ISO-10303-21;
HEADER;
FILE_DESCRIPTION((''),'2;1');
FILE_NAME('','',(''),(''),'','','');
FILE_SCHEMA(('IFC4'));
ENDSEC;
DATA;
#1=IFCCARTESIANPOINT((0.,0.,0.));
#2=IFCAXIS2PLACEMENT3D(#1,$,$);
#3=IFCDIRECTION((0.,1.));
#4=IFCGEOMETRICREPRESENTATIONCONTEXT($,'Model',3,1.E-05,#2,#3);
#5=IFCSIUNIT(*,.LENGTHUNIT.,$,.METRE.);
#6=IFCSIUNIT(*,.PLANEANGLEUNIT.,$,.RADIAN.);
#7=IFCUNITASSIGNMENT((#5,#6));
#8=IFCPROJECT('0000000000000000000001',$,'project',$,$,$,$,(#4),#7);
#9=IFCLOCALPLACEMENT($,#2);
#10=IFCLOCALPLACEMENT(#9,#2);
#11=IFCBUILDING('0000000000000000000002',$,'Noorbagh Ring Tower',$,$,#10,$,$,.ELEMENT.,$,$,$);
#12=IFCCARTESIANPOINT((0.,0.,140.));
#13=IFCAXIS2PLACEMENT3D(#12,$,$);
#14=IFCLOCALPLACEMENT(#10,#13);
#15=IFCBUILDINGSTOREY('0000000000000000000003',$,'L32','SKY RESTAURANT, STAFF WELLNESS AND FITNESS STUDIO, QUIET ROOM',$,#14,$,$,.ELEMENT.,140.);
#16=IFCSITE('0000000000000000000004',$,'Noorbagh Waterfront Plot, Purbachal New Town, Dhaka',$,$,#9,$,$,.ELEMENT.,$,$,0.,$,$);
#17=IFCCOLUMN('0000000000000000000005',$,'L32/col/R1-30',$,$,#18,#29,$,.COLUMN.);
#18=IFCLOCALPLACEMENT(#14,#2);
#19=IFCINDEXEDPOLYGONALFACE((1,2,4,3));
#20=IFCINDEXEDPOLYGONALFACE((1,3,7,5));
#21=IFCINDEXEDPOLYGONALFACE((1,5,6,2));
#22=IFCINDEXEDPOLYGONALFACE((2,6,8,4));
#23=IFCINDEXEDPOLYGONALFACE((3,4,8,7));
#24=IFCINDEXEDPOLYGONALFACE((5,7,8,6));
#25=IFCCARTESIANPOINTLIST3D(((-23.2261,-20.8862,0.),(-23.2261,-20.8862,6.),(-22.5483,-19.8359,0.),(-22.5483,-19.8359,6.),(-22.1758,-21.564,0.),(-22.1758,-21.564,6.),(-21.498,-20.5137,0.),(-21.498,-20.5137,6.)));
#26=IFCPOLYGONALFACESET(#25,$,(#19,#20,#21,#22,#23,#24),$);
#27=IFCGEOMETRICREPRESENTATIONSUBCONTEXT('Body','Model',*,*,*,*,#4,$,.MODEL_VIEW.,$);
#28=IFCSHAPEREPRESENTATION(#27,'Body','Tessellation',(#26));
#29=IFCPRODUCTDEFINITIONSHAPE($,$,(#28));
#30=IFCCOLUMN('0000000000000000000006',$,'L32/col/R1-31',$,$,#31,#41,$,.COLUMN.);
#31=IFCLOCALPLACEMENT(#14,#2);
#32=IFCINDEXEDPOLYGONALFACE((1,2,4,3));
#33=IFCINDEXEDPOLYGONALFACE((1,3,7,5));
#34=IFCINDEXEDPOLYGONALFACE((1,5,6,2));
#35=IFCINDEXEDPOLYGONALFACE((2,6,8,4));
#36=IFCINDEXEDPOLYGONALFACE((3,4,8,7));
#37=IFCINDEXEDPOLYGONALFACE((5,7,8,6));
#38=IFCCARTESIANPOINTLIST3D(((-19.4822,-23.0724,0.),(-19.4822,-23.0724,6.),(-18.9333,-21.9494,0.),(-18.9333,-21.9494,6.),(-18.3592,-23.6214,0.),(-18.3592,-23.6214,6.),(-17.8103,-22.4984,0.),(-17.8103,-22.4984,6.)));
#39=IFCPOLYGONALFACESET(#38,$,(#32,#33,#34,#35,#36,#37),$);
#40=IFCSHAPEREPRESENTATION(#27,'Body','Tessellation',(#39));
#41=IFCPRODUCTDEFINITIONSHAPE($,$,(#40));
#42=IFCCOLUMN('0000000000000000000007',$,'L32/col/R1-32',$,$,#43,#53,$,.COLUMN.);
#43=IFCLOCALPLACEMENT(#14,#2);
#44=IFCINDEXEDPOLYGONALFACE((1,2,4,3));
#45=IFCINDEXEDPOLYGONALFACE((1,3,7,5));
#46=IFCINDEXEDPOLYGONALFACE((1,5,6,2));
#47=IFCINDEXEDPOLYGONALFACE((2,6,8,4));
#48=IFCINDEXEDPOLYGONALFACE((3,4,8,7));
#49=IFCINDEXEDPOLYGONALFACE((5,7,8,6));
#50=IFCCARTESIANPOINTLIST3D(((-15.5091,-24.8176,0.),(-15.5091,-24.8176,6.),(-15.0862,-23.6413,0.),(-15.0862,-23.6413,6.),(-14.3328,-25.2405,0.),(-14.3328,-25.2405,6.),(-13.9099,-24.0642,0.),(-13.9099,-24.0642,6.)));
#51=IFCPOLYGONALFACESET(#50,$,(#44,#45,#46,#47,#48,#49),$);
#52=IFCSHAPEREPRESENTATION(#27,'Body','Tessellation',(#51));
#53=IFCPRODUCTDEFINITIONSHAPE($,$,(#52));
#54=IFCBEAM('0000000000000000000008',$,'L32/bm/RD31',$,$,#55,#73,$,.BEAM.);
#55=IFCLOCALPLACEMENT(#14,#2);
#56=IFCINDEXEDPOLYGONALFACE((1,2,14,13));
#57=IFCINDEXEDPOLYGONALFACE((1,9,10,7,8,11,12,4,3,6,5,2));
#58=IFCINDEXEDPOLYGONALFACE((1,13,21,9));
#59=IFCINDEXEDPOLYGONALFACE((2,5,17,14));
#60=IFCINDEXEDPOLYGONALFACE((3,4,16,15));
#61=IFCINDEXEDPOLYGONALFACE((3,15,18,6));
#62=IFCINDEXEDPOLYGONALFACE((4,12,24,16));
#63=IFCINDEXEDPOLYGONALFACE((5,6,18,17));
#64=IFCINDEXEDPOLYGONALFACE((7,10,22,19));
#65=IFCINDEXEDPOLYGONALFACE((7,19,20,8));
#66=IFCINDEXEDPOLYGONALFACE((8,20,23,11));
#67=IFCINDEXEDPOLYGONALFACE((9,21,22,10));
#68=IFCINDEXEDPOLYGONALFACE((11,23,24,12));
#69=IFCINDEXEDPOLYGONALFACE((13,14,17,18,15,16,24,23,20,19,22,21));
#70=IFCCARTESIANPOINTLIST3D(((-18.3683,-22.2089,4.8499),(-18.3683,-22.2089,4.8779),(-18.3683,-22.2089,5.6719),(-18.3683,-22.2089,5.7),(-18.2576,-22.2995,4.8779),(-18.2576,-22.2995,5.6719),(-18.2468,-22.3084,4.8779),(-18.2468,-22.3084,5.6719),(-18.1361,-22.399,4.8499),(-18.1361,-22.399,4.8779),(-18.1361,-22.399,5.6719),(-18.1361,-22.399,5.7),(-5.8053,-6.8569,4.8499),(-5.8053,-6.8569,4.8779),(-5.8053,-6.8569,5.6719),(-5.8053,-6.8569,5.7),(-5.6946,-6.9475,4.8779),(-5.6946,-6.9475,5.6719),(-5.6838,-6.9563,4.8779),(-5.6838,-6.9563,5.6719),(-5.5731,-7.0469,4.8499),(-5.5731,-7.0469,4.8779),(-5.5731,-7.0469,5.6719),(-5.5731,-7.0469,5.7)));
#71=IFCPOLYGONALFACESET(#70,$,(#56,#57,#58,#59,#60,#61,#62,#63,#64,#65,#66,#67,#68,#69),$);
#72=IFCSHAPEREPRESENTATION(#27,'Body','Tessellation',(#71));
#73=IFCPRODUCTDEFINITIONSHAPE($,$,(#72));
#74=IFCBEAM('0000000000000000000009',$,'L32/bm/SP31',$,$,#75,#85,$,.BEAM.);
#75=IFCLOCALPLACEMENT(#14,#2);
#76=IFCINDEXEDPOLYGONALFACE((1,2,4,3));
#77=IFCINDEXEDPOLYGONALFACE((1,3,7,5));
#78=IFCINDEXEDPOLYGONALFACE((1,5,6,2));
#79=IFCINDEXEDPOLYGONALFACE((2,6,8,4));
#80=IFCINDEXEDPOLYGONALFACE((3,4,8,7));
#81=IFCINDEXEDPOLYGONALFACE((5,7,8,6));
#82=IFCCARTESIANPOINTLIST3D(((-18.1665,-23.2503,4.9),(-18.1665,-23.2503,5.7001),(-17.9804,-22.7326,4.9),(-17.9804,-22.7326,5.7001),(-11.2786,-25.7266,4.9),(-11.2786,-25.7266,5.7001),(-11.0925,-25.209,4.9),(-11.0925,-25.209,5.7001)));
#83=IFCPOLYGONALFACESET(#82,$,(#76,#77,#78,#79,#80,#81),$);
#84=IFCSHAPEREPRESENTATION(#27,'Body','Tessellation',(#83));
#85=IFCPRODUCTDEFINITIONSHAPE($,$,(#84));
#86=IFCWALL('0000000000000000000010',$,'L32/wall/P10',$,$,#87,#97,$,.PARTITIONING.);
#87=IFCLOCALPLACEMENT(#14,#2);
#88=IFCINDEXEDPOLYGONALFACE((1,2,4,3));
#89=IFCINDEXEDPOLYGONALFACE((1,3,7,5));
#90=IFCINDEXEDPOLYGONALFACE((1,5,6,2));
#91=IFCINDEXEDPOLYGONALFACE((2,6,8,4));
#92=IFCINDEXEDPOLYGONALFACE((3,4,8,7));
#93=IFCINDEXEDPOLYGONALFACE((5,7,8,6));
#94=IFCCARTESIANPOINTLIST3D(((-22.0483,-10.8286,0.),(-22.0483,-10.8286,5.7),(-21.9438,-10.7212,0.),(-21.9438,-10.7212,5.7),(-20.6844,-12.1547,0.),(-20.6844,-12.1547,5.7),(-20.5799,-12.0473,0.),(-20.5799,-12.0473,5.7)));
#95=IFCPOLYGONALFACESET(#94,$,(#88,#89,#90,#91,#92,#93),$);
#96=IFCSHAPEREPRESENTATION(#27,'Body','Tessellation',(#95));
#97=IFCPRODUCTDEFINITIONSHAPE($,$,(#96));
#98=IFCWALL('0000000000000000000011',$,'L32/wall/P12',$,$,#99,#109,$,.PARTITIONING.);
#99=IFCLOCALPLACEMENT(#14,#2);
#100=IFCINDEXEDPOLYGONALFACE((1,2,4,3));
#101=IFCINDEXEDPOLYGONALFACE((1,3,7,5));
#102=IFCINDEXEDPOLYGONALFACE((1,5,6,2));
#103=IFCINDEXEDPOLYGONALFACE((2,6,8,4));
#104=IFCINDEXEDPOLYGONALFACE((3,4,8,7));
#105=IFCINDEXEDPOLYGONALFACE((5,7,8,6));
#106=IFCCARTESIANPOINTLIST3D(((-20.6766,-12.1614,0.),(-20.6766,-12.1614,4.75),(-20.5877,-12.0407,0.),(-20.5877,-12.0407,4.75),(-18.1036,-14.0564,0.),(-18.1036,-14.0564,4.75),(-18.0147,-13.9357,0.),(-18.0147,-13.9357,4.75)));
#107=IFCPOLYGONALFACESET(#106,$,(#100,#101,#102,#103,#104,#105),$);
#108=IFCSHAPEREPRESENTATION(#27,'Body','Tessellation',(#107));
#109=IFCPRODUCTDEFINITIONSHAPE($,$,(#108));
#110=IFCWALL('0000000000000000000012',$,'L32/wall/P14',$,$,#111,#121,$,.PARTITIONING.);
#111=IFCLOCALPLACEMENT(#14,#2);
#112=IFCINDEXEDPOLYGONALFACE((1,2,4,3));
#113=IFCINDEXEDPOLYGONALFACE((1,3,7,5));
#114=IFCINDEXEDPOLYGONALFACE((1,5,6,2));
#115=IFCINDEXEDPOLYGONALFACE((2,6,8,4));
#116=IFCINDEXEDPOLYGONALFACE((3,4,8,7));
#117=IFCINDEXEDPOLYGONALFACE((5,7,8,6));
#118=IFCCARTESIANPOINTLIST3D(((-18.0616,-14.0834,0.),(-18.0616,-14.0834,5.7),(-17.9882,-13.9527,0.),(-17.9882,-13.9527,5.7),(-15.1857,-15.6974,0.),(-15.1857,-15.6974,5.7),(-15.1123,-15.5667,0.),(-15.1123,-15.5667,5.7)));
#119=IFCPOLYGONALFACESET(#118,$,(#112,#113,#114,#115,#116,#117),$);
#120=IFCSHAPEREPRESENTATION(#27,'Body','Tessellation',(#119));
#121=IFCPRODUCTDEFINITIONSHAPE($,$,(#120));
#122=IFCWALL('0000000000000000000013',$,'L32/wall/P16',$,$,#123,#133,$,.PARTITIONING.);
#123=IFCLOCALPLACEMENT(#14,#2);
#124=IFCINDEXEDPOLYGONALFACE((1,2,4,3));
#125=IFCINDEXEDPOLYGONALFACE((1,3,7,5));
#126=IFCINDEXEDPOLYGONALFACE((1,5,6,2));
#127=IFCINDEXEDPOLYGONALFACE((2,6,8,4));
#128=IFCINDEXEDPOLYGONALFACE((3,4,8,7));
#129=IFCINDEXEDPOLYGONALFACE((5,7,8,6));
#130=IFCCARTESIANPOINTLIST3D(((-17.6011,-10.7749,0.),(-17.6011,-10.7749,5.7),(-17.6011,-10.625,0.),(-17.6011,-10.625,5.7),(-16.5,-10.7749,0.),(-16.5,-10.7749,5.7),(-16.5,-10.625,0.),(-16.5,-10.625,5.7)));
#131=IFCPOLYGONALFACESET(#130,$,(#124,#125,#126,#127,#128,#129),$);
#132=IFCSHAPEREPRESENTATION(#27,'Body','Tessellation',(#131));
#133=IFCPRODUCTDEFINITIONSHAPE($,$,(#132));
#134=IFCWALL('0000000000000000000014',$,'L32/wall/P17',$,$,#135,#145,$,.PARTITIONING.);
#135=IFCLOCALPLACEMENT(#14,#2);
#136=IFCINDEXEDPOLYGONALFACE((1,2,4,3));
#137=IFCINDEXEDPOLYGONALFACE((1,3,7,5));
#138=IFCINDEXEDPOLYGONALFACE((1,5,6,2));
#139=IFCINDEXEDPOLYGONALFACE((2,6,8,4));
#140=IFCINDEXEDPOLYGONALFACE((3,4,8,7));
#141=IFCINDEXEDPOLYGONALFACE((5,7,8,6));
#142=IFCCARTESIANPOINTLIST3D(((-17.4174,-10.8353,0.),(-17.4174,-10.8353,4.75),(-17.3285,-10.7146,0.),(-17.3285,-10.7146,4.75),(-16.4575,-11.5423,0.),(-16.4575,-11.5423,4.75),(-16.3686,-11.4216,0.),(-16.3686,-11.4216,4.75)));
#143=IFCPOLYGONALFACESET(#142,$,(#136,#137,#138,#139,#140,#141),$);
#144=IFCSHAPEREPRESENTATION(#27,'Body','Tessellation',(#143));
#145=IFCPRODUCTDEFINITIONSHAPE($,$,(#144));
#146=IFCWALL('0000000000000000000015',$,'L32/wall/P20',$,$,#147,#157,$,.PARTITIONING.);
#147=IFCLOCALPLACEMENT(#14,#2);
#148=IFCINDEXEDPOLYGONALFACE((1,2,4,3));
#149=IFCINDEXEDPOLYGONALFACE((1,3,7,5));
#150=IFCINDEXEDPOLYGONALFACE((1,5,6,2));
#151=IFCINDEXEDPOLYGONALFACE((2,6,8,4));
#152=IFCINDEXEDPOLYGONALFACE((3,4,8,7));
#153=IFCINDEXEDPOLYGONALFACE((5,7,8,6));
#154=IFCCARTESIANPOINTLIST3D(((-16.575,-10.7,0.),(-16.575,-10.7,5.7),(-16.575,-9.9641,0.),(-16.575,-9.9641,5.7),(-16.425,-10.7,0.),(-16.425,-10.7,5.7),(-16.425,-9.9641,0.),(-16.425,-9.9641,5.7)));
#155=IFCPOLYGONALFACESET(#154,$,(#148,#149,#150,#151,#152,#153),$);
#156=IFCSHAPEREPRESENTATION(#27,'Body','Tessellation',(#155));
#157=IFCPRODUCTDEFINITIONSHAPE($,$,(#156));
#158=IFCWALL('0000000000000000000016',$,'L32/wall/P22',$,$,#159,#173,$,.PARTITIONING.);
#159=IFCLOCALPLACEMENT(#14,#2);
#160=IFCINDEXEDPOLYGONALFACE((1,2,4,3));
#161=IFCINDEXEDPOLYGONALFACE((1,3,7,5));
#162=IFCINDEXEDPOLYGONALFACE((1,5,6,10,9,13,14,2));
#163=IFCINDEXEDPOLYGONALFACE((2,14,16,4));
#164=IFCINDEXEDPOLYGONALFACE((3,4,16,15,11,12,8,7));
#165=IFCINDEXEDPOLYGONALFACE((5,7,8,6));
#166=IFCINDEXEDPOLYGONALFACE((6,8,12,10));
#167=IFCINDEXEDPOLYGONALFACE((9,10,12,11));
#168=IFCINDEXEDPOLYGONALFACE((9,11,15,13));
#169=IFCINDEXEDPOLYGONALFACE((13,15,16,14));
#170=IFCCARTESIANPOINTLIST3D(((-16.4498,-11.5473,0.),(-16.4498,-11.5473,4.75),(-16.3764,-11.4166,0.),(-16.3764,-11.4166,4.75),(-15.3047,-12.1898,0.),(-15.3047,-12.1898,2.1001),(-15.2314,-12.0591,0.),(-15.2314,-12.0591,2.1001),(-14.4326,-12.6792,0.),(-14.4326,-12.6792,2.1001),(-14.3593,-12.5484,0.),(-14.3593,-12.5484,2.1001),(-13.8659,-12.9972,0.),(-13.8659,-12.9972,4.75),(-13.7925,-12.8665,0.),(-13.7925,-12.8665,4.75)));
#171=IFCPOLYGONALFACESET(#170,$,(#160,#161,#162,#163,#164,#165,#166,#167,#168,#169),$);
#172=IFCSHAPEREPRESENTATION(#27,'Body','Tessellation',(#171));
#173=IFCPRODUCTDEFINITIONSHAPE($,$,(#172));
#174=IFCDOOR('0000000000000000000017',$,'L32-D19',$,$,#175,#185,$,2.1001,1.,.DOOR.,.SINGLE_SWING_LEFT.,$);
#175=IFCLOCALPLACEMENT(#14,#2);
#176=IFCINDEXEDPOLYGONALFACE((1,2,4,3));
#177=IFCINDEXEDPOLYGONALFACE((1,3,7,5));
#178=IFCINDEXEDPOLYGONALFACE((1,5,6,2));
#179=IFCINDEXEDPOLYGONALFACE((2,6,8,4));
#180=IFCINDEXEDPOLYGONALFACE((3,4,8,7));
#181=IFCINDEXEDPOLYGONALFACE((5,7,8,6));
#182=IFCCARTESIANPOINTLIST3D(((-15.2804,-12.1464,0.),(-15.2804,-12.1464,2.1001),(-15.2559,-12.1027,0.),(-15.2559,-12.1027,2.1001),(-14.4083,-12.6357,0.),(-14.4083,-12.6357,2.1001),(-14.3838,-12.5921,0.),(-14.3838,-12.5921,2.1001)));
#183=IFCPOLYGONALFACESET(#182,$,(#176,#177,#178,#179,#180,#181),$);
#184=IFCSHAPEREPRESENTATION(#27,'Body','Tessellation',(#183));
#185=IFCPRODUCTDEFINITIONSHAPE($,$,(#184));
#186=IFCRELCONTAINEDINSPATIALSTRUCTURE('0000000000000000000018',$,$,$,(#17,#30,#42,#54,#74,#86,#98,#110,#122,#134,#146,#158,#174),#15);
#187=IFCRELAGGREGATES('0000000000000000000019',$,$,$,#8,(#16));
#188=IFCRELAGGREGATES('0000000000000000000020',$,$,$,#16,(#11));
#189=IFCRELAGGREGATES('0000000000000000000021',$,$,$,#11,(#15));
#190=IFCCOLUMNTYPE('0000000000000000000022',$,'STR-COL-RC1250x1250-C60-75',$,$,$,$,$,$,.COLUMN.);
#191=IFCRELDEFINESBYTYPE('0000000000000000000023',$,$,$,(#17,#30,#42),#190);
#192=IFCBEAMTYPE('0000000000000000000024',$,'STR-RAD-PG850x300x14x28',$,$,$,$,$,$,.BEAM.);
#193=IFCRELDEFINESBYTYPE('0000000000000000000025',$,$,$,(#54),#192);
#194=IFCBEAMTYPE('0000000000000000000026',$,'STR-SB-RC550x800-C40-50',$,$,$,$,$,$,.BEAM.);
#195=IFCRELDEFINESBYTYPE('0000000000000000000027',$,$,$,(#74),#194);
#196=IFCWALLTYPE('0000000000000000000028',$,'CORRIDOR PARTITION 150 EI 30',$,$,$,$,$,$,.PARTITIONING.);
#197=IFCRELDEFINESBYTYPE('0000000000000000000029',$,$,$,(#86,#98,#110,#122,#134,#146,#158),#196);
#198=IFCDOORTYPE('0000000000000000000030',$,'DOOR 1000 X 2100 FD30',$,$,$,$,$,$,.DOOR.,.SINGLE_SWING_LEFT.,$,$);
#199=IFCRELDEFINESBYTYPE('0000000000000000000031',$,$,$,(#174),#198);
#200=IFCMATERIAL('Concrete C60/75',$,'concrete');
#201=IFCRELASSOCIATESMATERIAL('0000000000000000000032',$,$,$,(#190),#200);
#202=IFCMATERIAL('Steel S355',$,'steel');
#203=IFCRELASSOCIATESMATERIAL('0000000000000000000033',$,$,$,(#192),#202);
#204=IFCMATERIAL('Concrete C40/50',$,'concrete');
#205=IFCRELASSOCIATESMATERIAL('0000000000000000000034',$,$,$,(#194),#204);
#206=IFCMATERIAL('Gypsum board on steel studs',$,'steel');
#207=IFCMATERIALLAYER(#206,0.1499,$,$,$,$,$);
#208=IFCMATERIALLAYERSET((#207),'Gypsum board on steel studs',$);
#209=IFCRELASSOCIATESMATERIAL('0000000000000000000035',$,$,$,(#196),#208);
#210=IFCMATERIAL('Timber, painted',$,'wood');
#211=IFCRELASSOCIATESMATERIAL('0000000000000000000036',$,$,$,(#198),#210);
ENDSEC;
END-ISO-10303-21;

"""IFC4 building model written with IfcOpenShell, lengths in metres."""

from ifc_helpers import new_model, si_unit, direction, frame, frame_2d, origin, origin_2d, place, context, subcontext, project, spatial, rectangle, i_section, extrude, material, layer, layer_set, material_profile, profile_set, type_object, element, fill, save


model = new_model("IFC4")

# Units and contexts
model_context = context("Model", 3, precision=1e-05, world=origin(), true_north=direction((0.0, 1.0)))
body_context = subcontext(model_context, "Body", "Model", "MODEL_VIEW")
ifc_project = project(units=[si_unit("LENGTHUNIT", "METRE"), si_unit("PLANEANGLEUNIT", "RADIAN")], contexts=[model_context])

# Site, building, storey
site_placement = place(None, origin())
site = spatial("IfcSite", under=ifc_project, at=site_placement, Name="Noorbagh Waterfront Plot, Purbachal New Town, Dhaka", CompositionType="ELEMENT", RefElevation=0.0)
building_placement = place(site_placement, origin())
building = spatial("IfcBuilding", under=site, at=building_placement, Name="Noorbagh Ring Tower", CompositionType="ELEMENT")
storey_placement = place(building_placement, frame((0.0, 0.0, 140.0)))
storey = spatial("IfcBuildingStorey", under=building, at=storey_placement, Name="L32", Description="SKY RESTAURANT, STAFF WELLNESS AND FITNESS STUDIO, QUIET ROOM", CompositionType="ELEMENT", Elevation=140.0)

# Columns
ifc_material_1 = material(Name="Concrete C60/75", Category="concrete")
ifc_material_profile_1 = material_profile(ifc_material_1, rectangle(XDim=1.25, YDim=1.25, at=origin_2d()), Name="RC1250x1250")
ifc_profile_set_1 = profile_set([ifc_material_profile_1], Name="Concrete C60/75")
column_type = type_object("IfcColumnType", Name="STR-COL-RC1250x1250-C60-75", PredefinedType="COLUMN", material=ifc_profile_set_1)
for number, where, z_axis, x_axis, name in (
    (1, (-22.3621, -20.7, 0.0), (0.0, 0.0, 1.0), (0.840248, -0.542203, 0.0), "L32/col/R1-30"),
    (2, (-18.6462, -22.7854, 0.0), (0.0, 0.0, 1.0), (0.898399, -0.43918, 0.0), "L32/col/R1-31"),
    (3, (-14.7095, -24.4409, 0.0), (0.0, 0.0, 1.0), (0.941025, -0.338338, 0.0), "L32/col/R1-32"),
):
    element("IfcColumn", number, at=place(storey_placement, frame(where, z_axis=z_axis, x_axis=x_axis)), inside=storey, type_object=column_type, Name=name, PredefinedType="COLUMN", context=body_context, shape_type="SweptSolid", body=[
        extrude(rectangle(XDim=1.25, YDim=1.25, at=origin_2d()), origin(), (0.0, 0.0, 1.0), 6.0),
    ])

# Beams
ifc_material_2 = material(Name="Steel S355", Category="steel")
ifc_material_profile_2 = material_profile(ifc_material_2, i_section(OverallWidth=0.3, OverallDepth=0.8501, WebThickness=0.0139, FlangeThickness=0.0281, at=origin_2d()), Name="PG850x300x14x28")
ifc_profile_set_2 = profile_set([ifc_material_profile_2], Name="Steel S355")
beam_type_1 = type_object("IfcBeamType", Name="STR-RAD-PG850x300x14x28", PredefinedType="BEAM", material=ifc_profile_set_2)
beam_1_placement = place(storey_placement, frame((-18.2522, -22.304, 5.2749), z_axis=(0.633305, 0.773902, 0.0), x_axis=(-0.773902, 0.633305, 0.0)))
element("IfcBeam", 4, at=beam_1_placement, inside=storey, type_object=beam_type_1, Name="L32/bm/RD31", PredefinedType="BEAM", context=body_context, shape_type="SweptSolid", body=[
    extrude(i_section(OverallWidth=0.3, OverallDepth=0.8501, WebThickness=0.0139, FlangeThickness=0.0281, at=origin_2d()), origin(), (0.0, 0.0, 1.0), 19.8372),
])
ifc_material_3 = material(Name="Concrete C40/50", Category="concrete")
ifc_material_profile_3 = material_profile(ifc_material_3, rectangle(XDim=0.55, YDim=0.8, at=origin_2d()), Name="RC550x800")
ifc_profile_set_3 = profile_set([ifc_material_profile_3], Name="Concrete C40/50")
beam_type_2 = type_object("IfcBeamType", Name="STR-SB-RC550x800-C40-50", PredefinedType="BEAM", material=ifc_profile_set_3)
beam_2_placement = place(storey_placement, frame((-18.0735, -22.9915, 5.3), z_axis=(0.941033, -0.338315, 0.0), x_axis=(0.338315, 0.941033, 0.0)))
element("IfcBeam", 5, at=beam_2_placement, inside=storey, type_object=beam_type_2, Name="L32/bm/SP31", PredefinedType="BEAM", context=body_context, shape_type="SweptSolid", body=[
    extrude(rectangle(XDim=0.55, YDim=0.8, at=origin_2d()), origin(), (0.0, 0.0, 1.0), 7.3196),
])

# Walls
ifc_material_4 = material(Name="Gypsum board on steel studs", Category="steel")
ifc_layer_1 = layer(ifc_material_4, 0.1499)
ifc_layer_set_1 = layer_set([ifc_layer_1], Name="Gypsum board on steel studs")
wall_type_1 = type_object("IfcWallType", Name="CORRIDOR PARTITION 150 EI 30", PredefinedType="PARTITIONING", material=ifc_layer_set_1)
wall_1_placement = place(storey_placement, frame((-21.9961, -10.7749, 0.0), z_axis=(0.0, 0.0, 1.0), x_axis=(0.716982, -0.697091, 0.0)))
element("IfcWall", 6, at=wall_1_placement, inside=storey, type_object=wall_type_1, Name="L32/wall/P10", PredefinedType="PARTITIONING", context=body_context, shape_type="SweptSolid", body=[
    extrude(rectangle(XDim=1.9023, YDim=0.1499, at=frame_2d((0.9512, 0.0))), origin(), (0.0, 0.0, 1.0), 5.7),
])
wall_2_placement = place(storey_placement, frame((-20.6321, -12.1011, 0.0), z_axis=(0.0, 0.0, 1.0), x_axis=(0.805186, -0.593022, 0.0)))
element("IfcWall", 7, at=wall_2_placement, inside=storey, type_object=wall_type_1, Name="L32/wall/P12", PredefinedType="PARTITIONING", context=body_context, shape_type="SweptSolid", body=[
    extrude(rectangle(XDim=3.1956, YDim=0.1499, at=frame_2d((1.5977, 0.0))), origin(), (0.0, 0.0, 1.0), 4.75),
])
wall_3_placement = place(storey_placement, frame((-18.0249, -14.0181, 0.0), z_axis=(0.0, 0.0, 1.0), x_axis=(0.872058, -0.489403, 0.0)))
element("IfcWall", 8, at=wall_3_placement, inside=storey, type_object=wall_type_1, Name="L32/wall/P14", PredefinedType="PARTITIONING", context=body_context, shape_type="SweptSolid", body=[
    extrude(rectangle(XDim=3.2979, YDim=0.1499, at=frame_2d((1.6489, 0.0))), origin(), (0.0, 0.0, 1.0), 5.7),
])
wall_4_placement = place(storey_placement, frame((-17.6011, -10.7, 0.0), z_axis=(0.0, 0.0, 1.0), x_axis=(1.0, 0.0, 0.0)))
element("IfcWall", 9, at=wall_4_placement, inside=storey, type_object=wall_type_1, Name="L32/wall/P16", PredefinedType="PARTITIONING", context=body_context, shape_type="SweptSolid", body=[
    extrude(rectangle(XDim=1.1011, YDim=0.1499, at=frame_2d((0.5505, 0.0))), origin(), (0.0, 0.0, 1.0), 5.7),
])
wall_5_placement = place(storey_placement, frame((-17.373, -10.7749, 0.0), z_axis=(0.0, 0.0, 1.0), x_axis=(0.805179, -0.593031, 0.0)))
element("IfcWall", 10, at=wall_5_placement, inside=storey, type_object=wall_type_1, Name="L32/wall/P17", PredefinedType="PARTITIONING", context=body_context, shape_type="SweptSolid", body=[
    extrude(rectangle(XDim=1.1921, YDim=0.1499, at=frame_2d((0.5962, 0.0))), origin(), (0.0, 0.0, 1.0), 4.75),
])
wall_6_placement = place(storey_placement, frame((-16.5, -10.7, 0.0), z_axis=(0.0, 0.0, 1.0), x_axis=(0.0, 1.0, 0.0)))
element("IfcWall", 11, at=wall_6_placement, inside=storey, type_object=wall_type_1, Name="L32/wall/P20", PredefinedType="PARTITIONING", context=body_context, shape_type="SweptSolid", body=[
    extrude(rectangle(XDim=0.7358, YDim=0.1499, at=frame_2d((0.3679, 0.0))), origin(), (0.0, 0.0, 1.0), 5.7),
])

# Wall, opening, door
wall_7_placement = place(storey_placement, frame((-16.4131, -11.4819, 0.0), z_axis=(0.0, 0.0, 1.0), x_axis=(0.872086, -0.489353, 0.0)))
wall_7 = element("IfcWall", 12, at=wall_7_placement, inside=storey, type_object=wall_type_1, Name="L32/wall/P22", PredefinedType="PARTITIONING", context=body_context, shape_type="SweptSolid", body=[
    extrude(rectangle(XDim=2.9629, YDim=0.1499, at=frame_2d((1.4814, 0.0))), origin(), (0.0, 0.0, 1.0), 4.75),
])
opening_placement = place(wall_7_placement, frame((1.313, 0.0, 0.0)))
opening = element("IfcOpeningElement", 13, at=opening_placement, cuts=wall_7, PredefinedType="OPENING", context=body_context, shape_type="SweptSolid", body=[
    extrude(rectangle(XDim=1.0, YDim=2.1001, at=frame_2d((0.5, 1.05))), frame((0.0, 0.085, 0.0), z_axis=(0.0, -1.0, 0.0), x_axis=(1.0, 0.0, 0.0)), (0.0, 0.0, 1.0), 0.1699),
])
ifc_material_5 = material(Name="Timber, painted", Category="wood")
door_type = type_object("IfcDoorType", Name="DOOR 1000 X 2100 FD30", OperationType="SINGLE_SWING_LEFT", PredefinedType="DOOR", material=ifc_material_5)
door_placement = place(opening_placement, origin())
door = element("IfcDoor", 14, at=door_placement, inside=storey, type_object=door_type, Name="L32-D19", OperationType="SINGLE_SWING_LEFT", OverallHeight=2.1001, OverallWidth=1.0, PredefinedType="DOOR", context=body_context, shape_type="SweptSolid", body=[
    extrude(rectangle(XDim=1.0, YDim=2.1001, at=frame_2d((0.5, 1.05))), frame((0.0, 0.0249, 0.0), z_axis=(0.0, -1.0, 0.0), x_axis=(1.0, 0.0, 0.0)), (0.0, 0.0, 1.0), 0.05),
])
fill(opening, door)

save(model, "model.ifc")
